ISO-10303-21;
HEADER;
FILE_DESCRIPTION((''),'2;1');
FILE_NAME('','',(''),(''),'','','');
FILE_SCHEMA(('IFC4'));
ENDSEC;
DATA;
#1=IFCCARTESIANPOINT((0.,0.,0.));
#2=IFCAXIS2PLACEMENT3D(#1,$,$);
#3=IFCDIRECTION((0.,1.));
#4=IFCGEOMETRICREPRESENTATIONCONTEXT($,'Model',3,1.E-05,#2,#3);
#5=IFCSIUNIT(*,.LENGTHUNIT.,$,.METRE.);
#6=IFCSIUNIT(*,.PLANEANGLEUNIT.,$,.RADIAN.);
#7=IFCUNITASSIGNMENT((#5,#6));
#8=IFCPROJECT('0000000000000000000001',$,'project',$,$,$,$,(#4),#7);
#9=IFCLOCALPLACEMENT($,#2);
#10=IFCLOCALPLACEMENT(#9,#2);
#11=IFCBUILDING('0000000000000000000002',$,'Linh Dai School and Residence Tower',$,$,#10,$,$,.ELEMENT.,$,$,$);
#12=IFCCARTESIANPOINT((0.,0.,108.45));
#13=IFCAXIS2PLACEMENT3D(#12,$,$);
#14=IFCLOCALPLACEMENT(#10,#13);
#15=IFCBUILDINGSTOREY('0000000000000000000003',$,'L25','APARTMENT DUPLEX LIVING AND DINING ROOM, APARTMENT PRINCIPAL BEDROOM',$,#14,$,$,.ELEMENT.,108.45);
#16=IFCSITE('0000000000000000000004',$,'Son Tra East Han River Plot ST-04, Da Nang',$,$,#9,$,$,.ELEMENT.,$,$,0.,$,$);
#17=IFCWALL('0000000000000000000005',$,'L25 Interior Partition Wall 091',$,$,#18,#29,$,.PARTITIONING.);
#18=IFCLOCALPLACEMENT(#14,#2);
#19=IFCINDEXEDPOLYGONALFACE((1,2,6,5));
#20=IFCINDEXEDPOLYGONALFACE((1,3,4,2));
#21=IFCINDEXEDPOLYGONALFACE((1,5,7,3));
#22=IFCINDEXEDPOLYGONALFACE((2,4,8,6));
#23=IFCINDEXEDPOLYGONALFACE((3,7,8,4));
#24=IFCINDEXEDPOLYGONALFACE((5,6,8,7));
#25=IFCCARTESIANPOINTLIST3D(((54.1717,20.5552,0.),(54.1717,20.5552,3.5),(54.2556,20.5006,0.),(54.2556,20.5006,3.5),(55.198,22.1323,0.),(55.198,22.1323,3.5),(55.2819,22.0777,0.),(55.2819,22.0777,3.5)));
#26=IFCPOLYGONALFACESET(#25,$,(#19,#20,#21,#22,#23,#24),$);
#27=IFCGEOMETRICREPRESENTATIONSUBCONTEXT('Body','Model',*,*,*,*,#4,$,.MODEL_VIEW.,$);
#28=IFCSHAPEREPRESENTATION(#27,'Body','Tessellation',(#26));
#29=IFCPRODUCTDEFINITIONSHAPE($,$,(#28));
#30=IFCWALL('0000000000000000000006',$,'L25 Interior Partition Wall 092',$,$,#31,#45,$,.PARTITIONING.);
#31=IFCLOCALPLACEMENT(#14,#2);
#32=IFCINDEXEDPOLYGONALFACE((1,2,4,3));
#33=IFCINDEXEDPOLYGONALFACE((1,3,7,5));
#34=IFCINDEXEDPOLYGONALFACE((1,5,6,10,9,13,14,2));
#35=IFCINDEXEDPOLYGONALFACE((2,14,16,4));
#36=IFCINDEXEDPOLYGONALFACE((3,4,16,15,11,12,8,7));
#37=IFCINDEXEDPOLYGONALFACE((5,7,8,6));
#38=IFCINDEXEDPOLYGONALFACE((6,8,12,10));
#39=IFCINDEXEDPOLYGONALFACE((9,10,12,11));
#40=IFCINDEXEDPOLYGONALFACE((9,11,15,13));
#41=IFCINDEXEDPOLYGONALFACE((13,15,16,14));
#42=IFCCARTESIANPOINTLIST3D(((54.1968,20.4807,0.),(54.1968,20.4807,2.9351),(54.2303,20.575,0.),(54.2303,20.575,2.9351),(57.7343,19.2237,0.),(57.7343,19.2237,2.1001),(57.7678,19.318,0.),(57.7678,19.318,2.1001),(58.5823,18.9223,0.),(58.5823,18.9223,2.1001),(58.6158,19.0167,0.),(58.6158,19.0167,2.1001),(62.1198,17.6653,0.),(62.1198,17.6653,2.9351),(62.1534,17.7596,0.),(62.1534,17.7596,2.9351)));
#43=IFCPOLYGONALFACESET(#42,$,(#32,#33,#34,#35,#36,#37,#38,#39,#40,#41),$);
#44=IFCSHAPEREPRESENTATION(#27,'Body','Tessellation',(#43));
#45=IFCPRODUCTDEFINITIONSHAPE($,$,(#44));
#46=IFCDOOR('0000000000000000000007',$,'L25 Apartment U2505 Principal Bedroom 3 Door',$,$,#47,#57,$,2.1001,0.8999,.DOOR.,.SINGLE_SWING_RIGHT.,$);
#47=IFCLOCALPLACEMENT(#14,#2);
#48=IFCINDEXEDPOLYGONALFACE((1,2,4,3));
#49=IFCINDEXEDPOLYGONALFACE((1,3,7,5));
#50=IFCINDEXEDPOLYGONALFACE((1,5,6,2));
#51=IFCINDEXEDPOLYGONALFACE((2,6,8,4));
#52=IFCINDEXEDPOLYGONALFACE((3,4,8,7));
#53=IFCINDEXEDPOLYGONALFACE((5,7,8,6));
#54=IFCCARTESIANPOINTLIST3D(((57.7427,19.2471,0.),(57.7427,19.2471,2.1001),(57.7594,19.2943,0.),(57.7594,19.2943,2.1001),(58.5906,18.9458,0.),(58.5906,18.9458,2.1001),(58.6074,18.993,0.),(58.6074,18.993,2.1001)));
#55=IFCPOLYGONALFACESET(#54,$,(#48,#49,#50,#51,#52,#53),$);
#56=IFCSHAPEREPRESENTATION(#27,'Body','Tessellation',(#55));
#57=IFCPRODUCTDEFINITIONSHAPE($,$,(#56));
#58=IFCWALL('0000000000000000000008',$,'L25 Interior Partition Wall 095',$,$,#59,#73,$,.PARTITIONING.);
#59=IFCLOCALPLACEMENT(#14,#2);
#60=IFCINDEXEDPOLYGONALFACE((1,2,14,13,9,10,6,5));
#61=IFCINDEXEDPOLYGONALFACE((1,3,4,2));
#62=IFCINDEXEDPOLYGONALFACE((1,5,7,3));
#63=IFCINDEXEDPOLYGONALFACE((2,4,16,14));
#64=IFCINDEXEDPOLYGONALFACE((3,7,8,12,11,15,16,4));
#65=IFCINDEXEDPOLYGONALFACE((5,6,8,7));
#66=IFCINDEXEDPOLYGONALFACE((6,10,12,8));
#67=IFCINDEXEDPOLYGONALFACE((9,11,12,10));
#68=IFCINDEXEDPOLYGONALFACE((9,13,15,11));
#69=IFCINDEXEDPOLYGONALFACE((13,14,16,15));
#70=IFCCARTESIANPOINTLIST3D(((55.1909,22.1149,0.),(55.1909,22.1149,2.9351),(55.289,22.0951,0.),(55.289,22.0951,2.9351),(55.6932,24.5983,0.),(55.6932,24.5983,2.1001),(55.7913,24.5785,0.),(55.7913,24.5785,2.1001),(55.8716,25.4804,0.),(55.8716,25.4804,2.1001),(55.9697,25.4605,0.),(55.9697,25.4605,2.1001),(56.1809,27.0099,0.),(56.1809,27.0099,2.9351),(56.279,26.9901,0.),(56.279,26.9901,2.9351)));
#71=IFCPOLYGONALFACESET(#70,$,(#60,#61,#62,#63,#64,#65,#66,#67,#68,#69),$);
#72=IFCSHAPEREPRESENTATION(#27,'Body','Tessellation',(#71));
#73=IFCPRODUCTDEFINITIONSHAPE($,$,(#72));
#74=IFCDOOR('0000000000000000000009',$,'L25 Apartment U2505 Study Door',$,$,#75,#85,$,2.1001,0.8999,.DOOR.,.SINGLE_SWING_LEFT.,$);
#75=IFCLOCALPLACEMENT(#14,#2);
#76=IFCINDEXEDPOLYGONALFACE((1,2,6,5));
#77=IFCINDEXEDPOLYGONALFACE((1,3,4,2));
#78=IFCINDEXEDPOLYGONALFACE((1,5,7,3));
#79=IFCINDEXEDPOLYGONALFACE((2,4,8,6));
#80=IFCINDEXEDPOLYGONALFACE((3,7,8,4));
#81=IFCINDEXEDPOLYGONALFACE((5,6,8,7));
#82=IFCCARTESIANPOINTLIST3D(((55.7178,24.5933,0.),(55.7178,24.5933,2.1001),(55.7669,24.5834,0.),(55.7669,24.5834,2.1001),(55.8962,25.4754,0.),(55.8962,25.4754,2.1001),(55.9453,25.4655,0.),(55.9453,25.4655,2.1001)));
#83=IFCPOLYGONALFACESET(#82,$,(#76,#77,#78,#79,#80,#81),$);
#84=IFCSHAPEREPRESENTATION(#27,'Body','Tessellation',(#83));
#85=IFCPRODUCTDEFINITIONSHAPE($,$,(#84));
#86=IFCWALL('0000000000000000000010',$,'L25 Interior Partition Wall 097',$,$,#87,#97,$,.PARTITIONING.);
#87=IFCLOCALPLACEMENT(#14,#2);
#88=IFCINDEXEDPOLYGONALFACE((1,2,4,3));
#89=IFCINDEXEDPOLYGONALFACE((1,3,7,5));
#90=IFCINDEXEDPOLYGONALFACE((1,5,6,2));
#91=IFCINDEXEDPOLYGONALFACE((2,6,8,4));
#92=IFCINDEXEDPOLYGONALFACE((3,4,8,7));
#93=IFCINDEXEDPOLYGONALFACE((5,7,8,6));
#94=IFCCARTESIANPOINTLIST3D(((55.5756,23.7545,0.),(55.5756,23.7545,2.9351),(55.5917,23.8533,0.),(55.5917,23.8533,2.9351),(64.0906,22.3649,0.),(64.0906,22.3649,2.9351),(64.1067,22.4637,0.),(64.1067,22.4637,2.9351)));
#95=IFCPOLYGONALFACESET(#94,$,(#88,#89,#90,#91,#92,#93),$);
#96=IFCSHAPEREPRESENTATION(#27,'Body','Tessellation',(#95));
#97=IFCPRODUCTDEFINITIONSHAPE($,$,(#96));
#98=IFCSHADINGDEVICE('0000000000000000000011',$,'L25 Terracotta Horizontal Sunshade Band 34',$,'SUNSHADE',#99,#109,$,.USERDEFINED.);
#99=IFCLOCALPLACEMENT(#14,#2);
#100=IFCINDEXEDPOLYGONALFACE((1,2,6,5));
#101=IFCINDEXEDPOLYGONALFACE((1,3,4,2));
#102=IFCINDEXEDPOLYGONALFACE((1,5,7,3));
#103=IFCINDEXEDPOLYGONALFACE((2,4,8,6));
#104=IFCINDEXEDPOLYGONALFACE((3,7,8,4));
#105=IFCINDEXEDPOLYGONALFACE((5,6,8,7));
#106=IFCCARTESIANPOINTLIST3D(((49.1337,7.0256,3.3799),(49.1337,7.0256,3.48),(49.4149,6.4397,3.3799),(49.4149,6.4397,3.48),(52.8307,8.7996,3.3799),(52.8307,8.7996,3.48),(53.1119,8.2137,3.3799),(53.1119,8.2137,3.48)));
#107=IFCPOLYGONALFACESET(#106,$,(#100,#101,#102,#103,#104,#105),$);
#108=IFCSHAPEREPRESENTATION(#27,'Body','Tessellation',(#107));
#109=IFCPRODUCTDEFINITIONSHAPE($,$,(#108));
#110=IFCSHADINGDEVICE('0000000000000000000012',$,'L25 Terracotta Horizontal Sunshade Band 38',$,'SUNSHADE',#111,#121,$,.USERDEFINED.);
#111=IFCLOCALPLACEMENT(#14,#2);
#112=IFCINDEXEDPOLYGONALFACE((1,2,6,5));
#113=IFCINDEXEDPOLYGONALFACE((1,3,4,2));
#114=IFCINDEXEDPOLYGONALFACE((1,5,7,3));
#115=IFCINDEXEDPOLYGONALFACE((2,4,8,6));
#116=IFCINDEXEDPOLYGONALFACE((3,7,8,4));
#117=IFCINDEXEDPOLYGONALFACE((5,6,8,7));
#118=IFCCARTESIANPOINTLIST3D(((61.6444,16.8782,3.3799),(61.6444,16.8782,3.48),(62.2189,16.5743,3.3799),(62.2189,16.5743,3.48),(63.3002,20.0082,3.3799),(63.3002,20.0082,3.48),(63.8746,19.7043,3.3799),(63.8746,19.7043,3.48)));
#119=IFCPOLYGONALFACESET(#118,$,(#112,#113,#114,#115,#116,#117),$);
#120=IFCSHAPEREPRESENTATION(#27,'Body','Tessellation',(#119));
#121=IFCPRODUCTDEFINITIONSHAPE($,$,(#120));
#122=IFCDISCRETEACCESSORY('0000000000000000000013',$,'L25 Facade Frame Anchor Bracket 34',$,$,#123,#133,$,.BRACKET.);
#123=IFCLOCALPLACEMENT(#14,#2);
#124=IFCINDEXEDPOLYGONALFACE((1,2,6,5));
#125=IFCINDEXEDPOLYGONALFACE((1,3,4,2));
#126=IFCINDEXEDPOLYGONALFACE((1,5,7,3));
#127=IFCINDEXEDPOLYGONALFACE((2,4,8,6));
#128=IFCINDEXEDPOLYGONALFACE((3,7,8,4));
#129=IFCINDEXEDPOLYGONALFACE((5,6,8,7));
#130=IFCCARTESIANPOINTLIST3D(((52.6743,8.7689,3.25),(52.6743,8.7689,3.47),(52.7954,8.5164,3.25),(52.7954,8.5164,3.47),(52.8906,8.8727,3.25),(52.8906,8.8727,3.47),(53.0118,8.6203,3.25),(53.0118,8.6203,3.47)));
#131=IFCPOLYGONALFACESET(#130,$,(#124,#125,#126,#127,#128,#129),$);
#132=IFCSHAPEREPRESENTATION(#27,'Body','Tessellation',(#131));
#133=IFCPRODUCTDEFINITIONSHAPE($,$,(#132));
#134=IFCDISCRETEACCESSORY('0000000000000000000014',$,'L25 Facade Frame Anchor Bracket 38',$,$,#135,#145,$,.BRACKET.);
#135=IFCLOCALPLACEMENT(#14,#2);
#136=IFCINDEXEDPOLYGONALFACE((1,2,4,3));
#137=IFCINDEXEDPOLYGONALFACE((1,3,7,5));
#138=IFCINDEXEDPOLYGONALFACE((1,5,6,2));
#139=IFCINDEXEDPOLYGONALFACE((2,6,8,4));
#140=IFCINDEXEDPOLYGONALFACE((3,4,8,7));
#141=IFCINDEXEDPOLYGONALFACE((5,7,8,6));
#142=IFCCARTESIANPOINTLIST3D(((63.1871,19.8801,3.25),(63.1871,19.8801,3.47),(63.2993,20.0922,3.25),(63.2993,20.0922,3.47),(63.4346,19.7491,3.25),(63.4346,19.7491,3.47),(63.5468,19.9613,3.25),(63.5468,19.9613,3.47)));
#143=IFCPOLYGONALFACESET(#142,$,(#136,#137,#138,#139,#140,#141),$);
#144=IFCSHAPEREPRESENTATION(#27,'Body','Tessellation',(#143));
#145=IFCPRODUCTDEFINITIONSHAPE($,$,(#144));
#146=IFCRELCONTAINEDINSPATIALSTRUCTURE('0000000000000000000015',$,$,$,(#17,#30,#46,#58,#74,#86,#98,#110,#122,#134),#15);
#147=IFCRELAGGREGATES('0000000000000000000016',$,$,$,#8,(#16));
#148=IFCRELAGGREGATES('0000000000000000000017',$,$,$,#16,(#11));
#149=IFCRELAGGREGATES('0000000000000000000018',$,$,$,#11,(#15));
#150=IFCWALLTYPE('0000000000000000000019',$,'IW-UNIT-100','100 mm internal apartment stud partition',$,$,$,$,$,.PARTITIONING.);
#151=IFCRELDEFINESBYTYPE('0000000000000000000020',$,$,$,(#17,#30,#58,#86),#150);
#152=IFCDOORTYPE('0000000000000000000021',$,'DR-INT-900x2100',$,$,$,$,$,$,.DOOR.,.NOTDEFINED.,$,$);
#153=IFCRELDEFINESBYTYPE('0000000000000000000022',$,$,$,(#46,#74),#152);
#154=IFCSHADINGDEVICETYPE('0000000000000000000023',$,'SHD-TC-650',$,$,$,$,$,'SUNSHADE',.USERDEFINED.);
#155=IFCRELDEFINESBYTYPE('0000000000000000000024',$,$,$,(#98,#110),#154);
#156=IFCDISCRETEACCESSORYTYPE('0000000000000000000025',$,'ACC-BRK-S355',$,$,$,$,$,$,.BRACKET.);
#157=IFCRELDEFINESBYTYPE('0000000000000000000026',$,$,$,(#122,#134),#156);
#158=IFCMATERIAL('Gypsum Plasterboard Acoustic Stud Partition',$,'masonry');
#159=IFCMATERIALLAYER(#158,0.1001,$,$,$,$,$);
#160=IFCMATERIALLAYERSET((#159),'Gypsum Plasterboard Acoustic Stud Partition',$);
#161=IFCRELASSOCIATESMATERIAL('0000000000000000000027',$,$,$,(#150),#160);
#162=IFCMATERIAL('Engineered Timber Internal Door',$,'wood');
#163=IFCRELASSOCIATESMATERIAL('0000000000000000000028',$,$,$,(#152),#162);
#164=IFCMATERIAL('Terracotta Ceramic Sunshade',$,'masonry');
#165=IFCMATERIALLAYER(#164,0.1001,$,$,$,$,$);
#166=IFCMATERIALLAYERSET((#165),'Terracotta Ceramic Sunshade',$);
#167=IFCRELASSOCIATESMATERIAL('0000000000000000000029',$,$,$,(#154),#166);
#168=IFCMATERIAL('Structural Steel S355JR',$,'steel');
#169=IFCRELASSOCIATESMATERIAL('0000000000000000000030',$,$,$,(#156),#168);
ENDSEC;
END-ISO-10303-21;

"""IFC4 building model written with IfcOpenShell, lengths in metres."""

from ifc_helpers import new_model, si_unit, direction, frame, frame_2d, origin, origin_2d, place, context, subcontext, project, spatial, rectangle, extrude, source, transform, mapped, material, layer, layer_set, type_object, element, fill, save


model = new_model("IFC4")

# Units and contexts
model_context = context("Model", 3, precision=1e-05, world=origin(), true_north=direction((0.0, 1.0)))
body_context = subcontext(model_context, "Body", "Model", "MODEL_VIEW")
ifc_project = project(units=[si_unit("LENGTHUNIT", "METRE"), si_unit("PLANEANGLEUNIT", "RADIAN")], contexts=[model_context])

# Site, building, storey
site_placement = place(None, origin())
site = spatial("IfcSite", under=ifc_project, at=site_placement, Name="Son Tra East Han River Plot ST-04, Da Nang", CompositionType="ELEMENT", RefElevation=0.0)
building_placement = place(site_placement, origin())
building = spatial("IfcBuilding", under=site, at=building_placement, Name="Linh Dai School and Residence Tower", CompositionType="ELEMENT")
storey_placement = place(building_placement, frame((0.0, 0.0, 108.45)))
storey = spatial("IfcBuildingStorey", under=building, at=storey_placement, Name="L25", Description="APARTMENT DUPLEX LIVING AND DINING ROOM, APARTMENT PRINCIPAL BEDROOM", CompositionType="ELEMENT", Elevation=108.45)

# Shared definitions
ifc_material_1 = material(Name="Structural Steel S355JR", Category="steel")

# Wall
ifc_material_2 = material(Name="Gypsum Plasterboard Acoustic Stud Partition", Category="masonry")
ifc_layer_1 = layer(ifc_material_2, 0.1001)
ifc_layer_set_1 = layer_set([ifc_layer_1], Name="Gypsum Plasterboard Acoustic Stud Partition")
wall_type_1 = type_object("IfcWallType", Name="IW-UNIT-100", Description="100 mm internal apartment stud partition", PredefinedType="PARTITIONING", material=ifc_layer_set_1)
wall_1_placement = place(storey_placement, frame((54.2136, 20.5278, 0.0), z_axis=(0.0, 0.0, 1.0), x_axis=(0.545444, 0.838147, 0.0)))
element("IfcWall", 1, at=wall_1_placement, inside=storey, type_object=wall_type_1, Name="L25 Interior Partition Wall 091", PredefinedType="PARTITIONING", context=body_context, shape_type="SweptSolid", body=[
    extrude(rectangle(XDim=1.8816, YDim=0.1001, at=frame_2d((0.9409, 0.0))), origin(), (0.0, 0.0, 1.0), 3.5),
])

# Walls, openings, doors
wall_2_placement = place(storey_placement, frame((54.2136, 20.5278, 0.0), z_axis=(0.0, 0.0, 1.0), x_axis=(0.942277, -0.334833, 0.0)))
wall_2 = element("IfcWall", 2, at=wall_2_placement, inside=storey, type_object=wall_type_1, Name="L25 Interior Partition Wall 092", PredefinedType="PARTITIONING", context=body_context, shape_type="SweptSolid", body=[
    extrude(rectangle(XDim=8.4084, YDim=0.1001, at=frame_2d((4.2041, 0.0))), origin(), (0.0, 0.0, 1.0), 2.9351),
])
opening_1_placement = place(wall_2_placement, frame((3.7542, 0.0, 0.0)))
opening_1 = element("IfcOpeningElement", 3, at=opening_1_placement, cuts=wall_2, PredefinedType="OPENING", context=body_context, shape_type="SweptSolid", body=[
    extrude(rectangle(XDim=0.8999, YDim=2.1001, at=origin_2d()), frame((0.45, 0.0601, 1.05), z_axis=(0.0, -1.0, 0.0), x_axis=(1.0, 0.0, 0.0)), (0.0, 0.0, 1.0), 0.1201),
])
ifc_material_3 = material(Name="Engineered Timber Internal Door", Category="wood")
door_type = type_object("IfcDoorType", Name="DR-INT-900x2100", OperationType="NOTDEFINED", PredefinedType="DOOR", material=ifc_material_3)
shared_shape_1 = source(origin(), body_context, "Body", "SweptSolid", [
    extrude(rectangle(XDim=0.8999, YDim=2.1001, at=origin_2d()), frame((0.45, 0.0249, 1.05), z_axis=(0.0, -1.0, 0.0), x_axis=(1.0, 0.0, 0.0)), (0.0, 0.0, 1.0), 0.05),
])
door_1_placement = place(opening_1_placement, origin())
door_1 = element("IfcDoor", 4, at=door_1_placement, inside=storey, type_object=door_type, Name="L25 Apartment U2505 Principal Bedroom 3 Door", OperationType="SINGLE_SWING_RIGHT", OverallHeight=2.1001, OverallWidth=0.8999, PredefinedType="DOOR", context=body_context, shape_type="MappedRepresentation", body=[
    mapped(shared_shape_1, transform((0.0, 0.0, 0.0), x_axis=(1.0, 0.0, 0.0), y_axis=(0.0, 1.0, 0.0), z_axis=(0.0, 0.0, 1.0), scale=1.0)),
])
fill(opening_1, door_1)
wall_3_placement = place(storey_placement, frame((55.24, 22.105, 0.0), z_axis=(0.0, 0.0, 1.0), x_axis=(0.198231, 0.980155, 0.0)))
wall_3 = element("IfcWall", 5, at=wall_3_placement, inside=storey, type_object=wall_type_1, Name="L25 Interior Partition Wall 095", PredefinedType="PARTITIONING", context=body_context, shape_type="SweptSolid", body=[
    extrude(rectangle(XDim=4.9941, YDim=0.1001, at=frame_2d((2.4971, 0.0))), origin(), (0.0, 0.0, 1.0), 2.9351),
])
opening_2_placement = place(wall_3_placement, frame((2.5337, 0.0, 0.0)))
opening_2 = element("IfcOpeningElement", 6, at=opening_2_placement, cuts=wall_3, PredefinedType="OPENING", context=body_context, shape_type="SweptSolid", body=[
    extrude(rectangle(XDim=0.8999, YDim=2.1001, at=origin_2d()), frame((0.45, 0.0601, 1.05), z_axis=(0.0, -1.0, 0.0), x_axis=(1.0, 0.0, 0.0)), (0.0, 0.0, 1.0), 0.1201),
])
door_2_placement = place(opening_2_placement, origin())
door_2 = element("IfcDoor", 7, at=door_2_placement, inside=storey, type_object=door_type, Name="L25 Apartment U2505 Study Door", OperationType="SINGLE_SWING_LEFT", OverallHeight=2.1001, OverallWidth=0.8999, PredefinedType="DOOR", context=body_context, shape_type="MappedRepresentation", body=[
    mapped(shared_shape_1, transform((0.0, 0.0, 0.0), x_axis=(1.0, 0.0, 0.0), y_axis=(0.0, 1.0, 0.0), z_axis=(0.0, 0.0, 1.0), scale=1.0)),
])
fill(opening_2, door_2)

# Wall
wall_4_placement = place(storey_placement, frame((55.5835, 23.804, 0.0), z_axis=(0.0, 0.0, 1.0), x_axis=(0.986944, -0.161067, 0.0)))
element("IfcWall", 8, at=wall_4_placement, inside=storey, type_object=wall_type_1, Name="L25 Interior Partition Wall 097", PredefinedType="PARTITIONING", context=body_context, shape_type="SweptSolid", body=[
    extrude(rectangle(XDim=8.6277, YDim=0.1001, at=frame_2d((4.314, 0.0))), origin(), (0.0, 0.0, 1.0), 2.9351),
])

# Shading devices
ifc_material_4 = material(Name="Terracotta Ceramic Sunshade", Category="masonry")
ifc_layer_2 = layer(ifc_material_4, 0.1001)
ifc_layer_set_2 = layer_set([ifc_layer_2], Name="Terracotta Ceramic Sunshade")
shading_device_type = type_object("IfcShadingDeviceType", Name="SHD-TC-650", ElementType="SUNSHADE", PredefinedType="USERDEFINED", material=ifc_layer_set_2)
shared_shape_2 = source(origin(), body_context, "Body", "SweptSolid", [
    extrude(rectangle(XDim=4.1006, YDim=0.6499, at=origin_2d()), origin(), (0.0, 0.0, 1.0), 0.1001),
])
shading_device_1_placement = place(storey_placement, frame((51.1228, 7.6196, 3.3799), z_axis=(0.0, 0.0, 1.0), x_axis=(-0.901578, -0.432618, 0.0)))
element("IfcShadingDevice", 9, at=shading_device_1_placement, inside=storey, type_object=shading_device_type, Name="L25 Terracotta Horizontal Sunshade Band 34", ObjectType="SUNSHADE", PredefinedType="USERDEFINED", context=body_context, shape_type="MappedRepresentation", body=[
    mapped(shared_shape_2, transform((0.0, 0.0, 0.0), x_axis=(1.0, 0.0, 0.0), y_axis=(0.0, 1.0, 0.0), z_axis=(0.0, 0.0, 1.0), scale=1.0)),
])
shared_shape_3 = source(origin(), body_context, "Body", "SweptSolid", [
    extrude(rectangle(XDim=3.541, YDim=0.6499, at=origin_2d()), origin(), (0.0, 0.0, 1.0), 0.1001),
])
shading_device_2_placement = place(storey_placement, frame((62.7595, 18.2913, 3.3799), z_axis=(0.0, 0.0, 1.0), x_axis=(-0.467596, -0.883942, 0.0)))
element("IfcShadingDevice", 10, at=shading_device_2_placement, inside=storey, type_object=shading_device_type, Name="L25 Terracotta Horizontal Sunshade Band 38", ObjectType="SUNSHADE", PredefinedType="USERDEFINED", context=body_context, shape_type="MappedRepresentation", body=[
    mapped(shared_shape_3, transform((0.0, 0.0, 0.0), x_axis=(1.0, 0.0, 0.0), y_axis=(0.0, 1.0, 0.0), z_axis=(0.0, 0.0, 1.0), scale=1.0)),
])

# Discrete accessories
discrete_accessory_type = type_object("IfcDiscreteAccessoryType", Name="ACC-BRK-S355", PredefinedType="BRACKET", material=ifc_material_1)
shared_shape_4 = source(origin(), body_context, "Body", "SweptSolid", [
    extrude(rectangle(XDim=0.28, YDim=0.24, at=origin_2d()), origin(), (0.0, 0.0, 1.0), 0.22),
])
for number, where, z_axis, x_axis, name in (
    (11, (52.843, 8.6946, 3.25), (0.0, 0.0, 1.0), (0.432618, -0.901578, 0.0), "L25 Facade Frame Anchor Bracket 34"),
    (12, (63.3669, 19.9207, 3.25), (0.0, 0.0, 1.0), (0.883942, -0.467596, 0.0), "L25 Facade Frame Anchor Bracket 38"),
):
    element("IfcDiscreteAccessory", number, at=place(storey_placement, frame(where, z_axis=z_axis, x_axis=x_axis)), inside=storey, type_object=discrete_accessory_type, Name=name, PredefinedType="BRACKET", context=body_context, shape_type="MappedRepresentation", body=[
        mapped(shared_shape_4, transform((0.0, 0.0, 0.0), x_axis=(1.0, 0.0, 0.0), y_axis=(0.0, 1.0, 0.0), z_axis=(0.0, 0.0, 1.0), scale=1.0)),
    ])

save(model, "model.ifc")
